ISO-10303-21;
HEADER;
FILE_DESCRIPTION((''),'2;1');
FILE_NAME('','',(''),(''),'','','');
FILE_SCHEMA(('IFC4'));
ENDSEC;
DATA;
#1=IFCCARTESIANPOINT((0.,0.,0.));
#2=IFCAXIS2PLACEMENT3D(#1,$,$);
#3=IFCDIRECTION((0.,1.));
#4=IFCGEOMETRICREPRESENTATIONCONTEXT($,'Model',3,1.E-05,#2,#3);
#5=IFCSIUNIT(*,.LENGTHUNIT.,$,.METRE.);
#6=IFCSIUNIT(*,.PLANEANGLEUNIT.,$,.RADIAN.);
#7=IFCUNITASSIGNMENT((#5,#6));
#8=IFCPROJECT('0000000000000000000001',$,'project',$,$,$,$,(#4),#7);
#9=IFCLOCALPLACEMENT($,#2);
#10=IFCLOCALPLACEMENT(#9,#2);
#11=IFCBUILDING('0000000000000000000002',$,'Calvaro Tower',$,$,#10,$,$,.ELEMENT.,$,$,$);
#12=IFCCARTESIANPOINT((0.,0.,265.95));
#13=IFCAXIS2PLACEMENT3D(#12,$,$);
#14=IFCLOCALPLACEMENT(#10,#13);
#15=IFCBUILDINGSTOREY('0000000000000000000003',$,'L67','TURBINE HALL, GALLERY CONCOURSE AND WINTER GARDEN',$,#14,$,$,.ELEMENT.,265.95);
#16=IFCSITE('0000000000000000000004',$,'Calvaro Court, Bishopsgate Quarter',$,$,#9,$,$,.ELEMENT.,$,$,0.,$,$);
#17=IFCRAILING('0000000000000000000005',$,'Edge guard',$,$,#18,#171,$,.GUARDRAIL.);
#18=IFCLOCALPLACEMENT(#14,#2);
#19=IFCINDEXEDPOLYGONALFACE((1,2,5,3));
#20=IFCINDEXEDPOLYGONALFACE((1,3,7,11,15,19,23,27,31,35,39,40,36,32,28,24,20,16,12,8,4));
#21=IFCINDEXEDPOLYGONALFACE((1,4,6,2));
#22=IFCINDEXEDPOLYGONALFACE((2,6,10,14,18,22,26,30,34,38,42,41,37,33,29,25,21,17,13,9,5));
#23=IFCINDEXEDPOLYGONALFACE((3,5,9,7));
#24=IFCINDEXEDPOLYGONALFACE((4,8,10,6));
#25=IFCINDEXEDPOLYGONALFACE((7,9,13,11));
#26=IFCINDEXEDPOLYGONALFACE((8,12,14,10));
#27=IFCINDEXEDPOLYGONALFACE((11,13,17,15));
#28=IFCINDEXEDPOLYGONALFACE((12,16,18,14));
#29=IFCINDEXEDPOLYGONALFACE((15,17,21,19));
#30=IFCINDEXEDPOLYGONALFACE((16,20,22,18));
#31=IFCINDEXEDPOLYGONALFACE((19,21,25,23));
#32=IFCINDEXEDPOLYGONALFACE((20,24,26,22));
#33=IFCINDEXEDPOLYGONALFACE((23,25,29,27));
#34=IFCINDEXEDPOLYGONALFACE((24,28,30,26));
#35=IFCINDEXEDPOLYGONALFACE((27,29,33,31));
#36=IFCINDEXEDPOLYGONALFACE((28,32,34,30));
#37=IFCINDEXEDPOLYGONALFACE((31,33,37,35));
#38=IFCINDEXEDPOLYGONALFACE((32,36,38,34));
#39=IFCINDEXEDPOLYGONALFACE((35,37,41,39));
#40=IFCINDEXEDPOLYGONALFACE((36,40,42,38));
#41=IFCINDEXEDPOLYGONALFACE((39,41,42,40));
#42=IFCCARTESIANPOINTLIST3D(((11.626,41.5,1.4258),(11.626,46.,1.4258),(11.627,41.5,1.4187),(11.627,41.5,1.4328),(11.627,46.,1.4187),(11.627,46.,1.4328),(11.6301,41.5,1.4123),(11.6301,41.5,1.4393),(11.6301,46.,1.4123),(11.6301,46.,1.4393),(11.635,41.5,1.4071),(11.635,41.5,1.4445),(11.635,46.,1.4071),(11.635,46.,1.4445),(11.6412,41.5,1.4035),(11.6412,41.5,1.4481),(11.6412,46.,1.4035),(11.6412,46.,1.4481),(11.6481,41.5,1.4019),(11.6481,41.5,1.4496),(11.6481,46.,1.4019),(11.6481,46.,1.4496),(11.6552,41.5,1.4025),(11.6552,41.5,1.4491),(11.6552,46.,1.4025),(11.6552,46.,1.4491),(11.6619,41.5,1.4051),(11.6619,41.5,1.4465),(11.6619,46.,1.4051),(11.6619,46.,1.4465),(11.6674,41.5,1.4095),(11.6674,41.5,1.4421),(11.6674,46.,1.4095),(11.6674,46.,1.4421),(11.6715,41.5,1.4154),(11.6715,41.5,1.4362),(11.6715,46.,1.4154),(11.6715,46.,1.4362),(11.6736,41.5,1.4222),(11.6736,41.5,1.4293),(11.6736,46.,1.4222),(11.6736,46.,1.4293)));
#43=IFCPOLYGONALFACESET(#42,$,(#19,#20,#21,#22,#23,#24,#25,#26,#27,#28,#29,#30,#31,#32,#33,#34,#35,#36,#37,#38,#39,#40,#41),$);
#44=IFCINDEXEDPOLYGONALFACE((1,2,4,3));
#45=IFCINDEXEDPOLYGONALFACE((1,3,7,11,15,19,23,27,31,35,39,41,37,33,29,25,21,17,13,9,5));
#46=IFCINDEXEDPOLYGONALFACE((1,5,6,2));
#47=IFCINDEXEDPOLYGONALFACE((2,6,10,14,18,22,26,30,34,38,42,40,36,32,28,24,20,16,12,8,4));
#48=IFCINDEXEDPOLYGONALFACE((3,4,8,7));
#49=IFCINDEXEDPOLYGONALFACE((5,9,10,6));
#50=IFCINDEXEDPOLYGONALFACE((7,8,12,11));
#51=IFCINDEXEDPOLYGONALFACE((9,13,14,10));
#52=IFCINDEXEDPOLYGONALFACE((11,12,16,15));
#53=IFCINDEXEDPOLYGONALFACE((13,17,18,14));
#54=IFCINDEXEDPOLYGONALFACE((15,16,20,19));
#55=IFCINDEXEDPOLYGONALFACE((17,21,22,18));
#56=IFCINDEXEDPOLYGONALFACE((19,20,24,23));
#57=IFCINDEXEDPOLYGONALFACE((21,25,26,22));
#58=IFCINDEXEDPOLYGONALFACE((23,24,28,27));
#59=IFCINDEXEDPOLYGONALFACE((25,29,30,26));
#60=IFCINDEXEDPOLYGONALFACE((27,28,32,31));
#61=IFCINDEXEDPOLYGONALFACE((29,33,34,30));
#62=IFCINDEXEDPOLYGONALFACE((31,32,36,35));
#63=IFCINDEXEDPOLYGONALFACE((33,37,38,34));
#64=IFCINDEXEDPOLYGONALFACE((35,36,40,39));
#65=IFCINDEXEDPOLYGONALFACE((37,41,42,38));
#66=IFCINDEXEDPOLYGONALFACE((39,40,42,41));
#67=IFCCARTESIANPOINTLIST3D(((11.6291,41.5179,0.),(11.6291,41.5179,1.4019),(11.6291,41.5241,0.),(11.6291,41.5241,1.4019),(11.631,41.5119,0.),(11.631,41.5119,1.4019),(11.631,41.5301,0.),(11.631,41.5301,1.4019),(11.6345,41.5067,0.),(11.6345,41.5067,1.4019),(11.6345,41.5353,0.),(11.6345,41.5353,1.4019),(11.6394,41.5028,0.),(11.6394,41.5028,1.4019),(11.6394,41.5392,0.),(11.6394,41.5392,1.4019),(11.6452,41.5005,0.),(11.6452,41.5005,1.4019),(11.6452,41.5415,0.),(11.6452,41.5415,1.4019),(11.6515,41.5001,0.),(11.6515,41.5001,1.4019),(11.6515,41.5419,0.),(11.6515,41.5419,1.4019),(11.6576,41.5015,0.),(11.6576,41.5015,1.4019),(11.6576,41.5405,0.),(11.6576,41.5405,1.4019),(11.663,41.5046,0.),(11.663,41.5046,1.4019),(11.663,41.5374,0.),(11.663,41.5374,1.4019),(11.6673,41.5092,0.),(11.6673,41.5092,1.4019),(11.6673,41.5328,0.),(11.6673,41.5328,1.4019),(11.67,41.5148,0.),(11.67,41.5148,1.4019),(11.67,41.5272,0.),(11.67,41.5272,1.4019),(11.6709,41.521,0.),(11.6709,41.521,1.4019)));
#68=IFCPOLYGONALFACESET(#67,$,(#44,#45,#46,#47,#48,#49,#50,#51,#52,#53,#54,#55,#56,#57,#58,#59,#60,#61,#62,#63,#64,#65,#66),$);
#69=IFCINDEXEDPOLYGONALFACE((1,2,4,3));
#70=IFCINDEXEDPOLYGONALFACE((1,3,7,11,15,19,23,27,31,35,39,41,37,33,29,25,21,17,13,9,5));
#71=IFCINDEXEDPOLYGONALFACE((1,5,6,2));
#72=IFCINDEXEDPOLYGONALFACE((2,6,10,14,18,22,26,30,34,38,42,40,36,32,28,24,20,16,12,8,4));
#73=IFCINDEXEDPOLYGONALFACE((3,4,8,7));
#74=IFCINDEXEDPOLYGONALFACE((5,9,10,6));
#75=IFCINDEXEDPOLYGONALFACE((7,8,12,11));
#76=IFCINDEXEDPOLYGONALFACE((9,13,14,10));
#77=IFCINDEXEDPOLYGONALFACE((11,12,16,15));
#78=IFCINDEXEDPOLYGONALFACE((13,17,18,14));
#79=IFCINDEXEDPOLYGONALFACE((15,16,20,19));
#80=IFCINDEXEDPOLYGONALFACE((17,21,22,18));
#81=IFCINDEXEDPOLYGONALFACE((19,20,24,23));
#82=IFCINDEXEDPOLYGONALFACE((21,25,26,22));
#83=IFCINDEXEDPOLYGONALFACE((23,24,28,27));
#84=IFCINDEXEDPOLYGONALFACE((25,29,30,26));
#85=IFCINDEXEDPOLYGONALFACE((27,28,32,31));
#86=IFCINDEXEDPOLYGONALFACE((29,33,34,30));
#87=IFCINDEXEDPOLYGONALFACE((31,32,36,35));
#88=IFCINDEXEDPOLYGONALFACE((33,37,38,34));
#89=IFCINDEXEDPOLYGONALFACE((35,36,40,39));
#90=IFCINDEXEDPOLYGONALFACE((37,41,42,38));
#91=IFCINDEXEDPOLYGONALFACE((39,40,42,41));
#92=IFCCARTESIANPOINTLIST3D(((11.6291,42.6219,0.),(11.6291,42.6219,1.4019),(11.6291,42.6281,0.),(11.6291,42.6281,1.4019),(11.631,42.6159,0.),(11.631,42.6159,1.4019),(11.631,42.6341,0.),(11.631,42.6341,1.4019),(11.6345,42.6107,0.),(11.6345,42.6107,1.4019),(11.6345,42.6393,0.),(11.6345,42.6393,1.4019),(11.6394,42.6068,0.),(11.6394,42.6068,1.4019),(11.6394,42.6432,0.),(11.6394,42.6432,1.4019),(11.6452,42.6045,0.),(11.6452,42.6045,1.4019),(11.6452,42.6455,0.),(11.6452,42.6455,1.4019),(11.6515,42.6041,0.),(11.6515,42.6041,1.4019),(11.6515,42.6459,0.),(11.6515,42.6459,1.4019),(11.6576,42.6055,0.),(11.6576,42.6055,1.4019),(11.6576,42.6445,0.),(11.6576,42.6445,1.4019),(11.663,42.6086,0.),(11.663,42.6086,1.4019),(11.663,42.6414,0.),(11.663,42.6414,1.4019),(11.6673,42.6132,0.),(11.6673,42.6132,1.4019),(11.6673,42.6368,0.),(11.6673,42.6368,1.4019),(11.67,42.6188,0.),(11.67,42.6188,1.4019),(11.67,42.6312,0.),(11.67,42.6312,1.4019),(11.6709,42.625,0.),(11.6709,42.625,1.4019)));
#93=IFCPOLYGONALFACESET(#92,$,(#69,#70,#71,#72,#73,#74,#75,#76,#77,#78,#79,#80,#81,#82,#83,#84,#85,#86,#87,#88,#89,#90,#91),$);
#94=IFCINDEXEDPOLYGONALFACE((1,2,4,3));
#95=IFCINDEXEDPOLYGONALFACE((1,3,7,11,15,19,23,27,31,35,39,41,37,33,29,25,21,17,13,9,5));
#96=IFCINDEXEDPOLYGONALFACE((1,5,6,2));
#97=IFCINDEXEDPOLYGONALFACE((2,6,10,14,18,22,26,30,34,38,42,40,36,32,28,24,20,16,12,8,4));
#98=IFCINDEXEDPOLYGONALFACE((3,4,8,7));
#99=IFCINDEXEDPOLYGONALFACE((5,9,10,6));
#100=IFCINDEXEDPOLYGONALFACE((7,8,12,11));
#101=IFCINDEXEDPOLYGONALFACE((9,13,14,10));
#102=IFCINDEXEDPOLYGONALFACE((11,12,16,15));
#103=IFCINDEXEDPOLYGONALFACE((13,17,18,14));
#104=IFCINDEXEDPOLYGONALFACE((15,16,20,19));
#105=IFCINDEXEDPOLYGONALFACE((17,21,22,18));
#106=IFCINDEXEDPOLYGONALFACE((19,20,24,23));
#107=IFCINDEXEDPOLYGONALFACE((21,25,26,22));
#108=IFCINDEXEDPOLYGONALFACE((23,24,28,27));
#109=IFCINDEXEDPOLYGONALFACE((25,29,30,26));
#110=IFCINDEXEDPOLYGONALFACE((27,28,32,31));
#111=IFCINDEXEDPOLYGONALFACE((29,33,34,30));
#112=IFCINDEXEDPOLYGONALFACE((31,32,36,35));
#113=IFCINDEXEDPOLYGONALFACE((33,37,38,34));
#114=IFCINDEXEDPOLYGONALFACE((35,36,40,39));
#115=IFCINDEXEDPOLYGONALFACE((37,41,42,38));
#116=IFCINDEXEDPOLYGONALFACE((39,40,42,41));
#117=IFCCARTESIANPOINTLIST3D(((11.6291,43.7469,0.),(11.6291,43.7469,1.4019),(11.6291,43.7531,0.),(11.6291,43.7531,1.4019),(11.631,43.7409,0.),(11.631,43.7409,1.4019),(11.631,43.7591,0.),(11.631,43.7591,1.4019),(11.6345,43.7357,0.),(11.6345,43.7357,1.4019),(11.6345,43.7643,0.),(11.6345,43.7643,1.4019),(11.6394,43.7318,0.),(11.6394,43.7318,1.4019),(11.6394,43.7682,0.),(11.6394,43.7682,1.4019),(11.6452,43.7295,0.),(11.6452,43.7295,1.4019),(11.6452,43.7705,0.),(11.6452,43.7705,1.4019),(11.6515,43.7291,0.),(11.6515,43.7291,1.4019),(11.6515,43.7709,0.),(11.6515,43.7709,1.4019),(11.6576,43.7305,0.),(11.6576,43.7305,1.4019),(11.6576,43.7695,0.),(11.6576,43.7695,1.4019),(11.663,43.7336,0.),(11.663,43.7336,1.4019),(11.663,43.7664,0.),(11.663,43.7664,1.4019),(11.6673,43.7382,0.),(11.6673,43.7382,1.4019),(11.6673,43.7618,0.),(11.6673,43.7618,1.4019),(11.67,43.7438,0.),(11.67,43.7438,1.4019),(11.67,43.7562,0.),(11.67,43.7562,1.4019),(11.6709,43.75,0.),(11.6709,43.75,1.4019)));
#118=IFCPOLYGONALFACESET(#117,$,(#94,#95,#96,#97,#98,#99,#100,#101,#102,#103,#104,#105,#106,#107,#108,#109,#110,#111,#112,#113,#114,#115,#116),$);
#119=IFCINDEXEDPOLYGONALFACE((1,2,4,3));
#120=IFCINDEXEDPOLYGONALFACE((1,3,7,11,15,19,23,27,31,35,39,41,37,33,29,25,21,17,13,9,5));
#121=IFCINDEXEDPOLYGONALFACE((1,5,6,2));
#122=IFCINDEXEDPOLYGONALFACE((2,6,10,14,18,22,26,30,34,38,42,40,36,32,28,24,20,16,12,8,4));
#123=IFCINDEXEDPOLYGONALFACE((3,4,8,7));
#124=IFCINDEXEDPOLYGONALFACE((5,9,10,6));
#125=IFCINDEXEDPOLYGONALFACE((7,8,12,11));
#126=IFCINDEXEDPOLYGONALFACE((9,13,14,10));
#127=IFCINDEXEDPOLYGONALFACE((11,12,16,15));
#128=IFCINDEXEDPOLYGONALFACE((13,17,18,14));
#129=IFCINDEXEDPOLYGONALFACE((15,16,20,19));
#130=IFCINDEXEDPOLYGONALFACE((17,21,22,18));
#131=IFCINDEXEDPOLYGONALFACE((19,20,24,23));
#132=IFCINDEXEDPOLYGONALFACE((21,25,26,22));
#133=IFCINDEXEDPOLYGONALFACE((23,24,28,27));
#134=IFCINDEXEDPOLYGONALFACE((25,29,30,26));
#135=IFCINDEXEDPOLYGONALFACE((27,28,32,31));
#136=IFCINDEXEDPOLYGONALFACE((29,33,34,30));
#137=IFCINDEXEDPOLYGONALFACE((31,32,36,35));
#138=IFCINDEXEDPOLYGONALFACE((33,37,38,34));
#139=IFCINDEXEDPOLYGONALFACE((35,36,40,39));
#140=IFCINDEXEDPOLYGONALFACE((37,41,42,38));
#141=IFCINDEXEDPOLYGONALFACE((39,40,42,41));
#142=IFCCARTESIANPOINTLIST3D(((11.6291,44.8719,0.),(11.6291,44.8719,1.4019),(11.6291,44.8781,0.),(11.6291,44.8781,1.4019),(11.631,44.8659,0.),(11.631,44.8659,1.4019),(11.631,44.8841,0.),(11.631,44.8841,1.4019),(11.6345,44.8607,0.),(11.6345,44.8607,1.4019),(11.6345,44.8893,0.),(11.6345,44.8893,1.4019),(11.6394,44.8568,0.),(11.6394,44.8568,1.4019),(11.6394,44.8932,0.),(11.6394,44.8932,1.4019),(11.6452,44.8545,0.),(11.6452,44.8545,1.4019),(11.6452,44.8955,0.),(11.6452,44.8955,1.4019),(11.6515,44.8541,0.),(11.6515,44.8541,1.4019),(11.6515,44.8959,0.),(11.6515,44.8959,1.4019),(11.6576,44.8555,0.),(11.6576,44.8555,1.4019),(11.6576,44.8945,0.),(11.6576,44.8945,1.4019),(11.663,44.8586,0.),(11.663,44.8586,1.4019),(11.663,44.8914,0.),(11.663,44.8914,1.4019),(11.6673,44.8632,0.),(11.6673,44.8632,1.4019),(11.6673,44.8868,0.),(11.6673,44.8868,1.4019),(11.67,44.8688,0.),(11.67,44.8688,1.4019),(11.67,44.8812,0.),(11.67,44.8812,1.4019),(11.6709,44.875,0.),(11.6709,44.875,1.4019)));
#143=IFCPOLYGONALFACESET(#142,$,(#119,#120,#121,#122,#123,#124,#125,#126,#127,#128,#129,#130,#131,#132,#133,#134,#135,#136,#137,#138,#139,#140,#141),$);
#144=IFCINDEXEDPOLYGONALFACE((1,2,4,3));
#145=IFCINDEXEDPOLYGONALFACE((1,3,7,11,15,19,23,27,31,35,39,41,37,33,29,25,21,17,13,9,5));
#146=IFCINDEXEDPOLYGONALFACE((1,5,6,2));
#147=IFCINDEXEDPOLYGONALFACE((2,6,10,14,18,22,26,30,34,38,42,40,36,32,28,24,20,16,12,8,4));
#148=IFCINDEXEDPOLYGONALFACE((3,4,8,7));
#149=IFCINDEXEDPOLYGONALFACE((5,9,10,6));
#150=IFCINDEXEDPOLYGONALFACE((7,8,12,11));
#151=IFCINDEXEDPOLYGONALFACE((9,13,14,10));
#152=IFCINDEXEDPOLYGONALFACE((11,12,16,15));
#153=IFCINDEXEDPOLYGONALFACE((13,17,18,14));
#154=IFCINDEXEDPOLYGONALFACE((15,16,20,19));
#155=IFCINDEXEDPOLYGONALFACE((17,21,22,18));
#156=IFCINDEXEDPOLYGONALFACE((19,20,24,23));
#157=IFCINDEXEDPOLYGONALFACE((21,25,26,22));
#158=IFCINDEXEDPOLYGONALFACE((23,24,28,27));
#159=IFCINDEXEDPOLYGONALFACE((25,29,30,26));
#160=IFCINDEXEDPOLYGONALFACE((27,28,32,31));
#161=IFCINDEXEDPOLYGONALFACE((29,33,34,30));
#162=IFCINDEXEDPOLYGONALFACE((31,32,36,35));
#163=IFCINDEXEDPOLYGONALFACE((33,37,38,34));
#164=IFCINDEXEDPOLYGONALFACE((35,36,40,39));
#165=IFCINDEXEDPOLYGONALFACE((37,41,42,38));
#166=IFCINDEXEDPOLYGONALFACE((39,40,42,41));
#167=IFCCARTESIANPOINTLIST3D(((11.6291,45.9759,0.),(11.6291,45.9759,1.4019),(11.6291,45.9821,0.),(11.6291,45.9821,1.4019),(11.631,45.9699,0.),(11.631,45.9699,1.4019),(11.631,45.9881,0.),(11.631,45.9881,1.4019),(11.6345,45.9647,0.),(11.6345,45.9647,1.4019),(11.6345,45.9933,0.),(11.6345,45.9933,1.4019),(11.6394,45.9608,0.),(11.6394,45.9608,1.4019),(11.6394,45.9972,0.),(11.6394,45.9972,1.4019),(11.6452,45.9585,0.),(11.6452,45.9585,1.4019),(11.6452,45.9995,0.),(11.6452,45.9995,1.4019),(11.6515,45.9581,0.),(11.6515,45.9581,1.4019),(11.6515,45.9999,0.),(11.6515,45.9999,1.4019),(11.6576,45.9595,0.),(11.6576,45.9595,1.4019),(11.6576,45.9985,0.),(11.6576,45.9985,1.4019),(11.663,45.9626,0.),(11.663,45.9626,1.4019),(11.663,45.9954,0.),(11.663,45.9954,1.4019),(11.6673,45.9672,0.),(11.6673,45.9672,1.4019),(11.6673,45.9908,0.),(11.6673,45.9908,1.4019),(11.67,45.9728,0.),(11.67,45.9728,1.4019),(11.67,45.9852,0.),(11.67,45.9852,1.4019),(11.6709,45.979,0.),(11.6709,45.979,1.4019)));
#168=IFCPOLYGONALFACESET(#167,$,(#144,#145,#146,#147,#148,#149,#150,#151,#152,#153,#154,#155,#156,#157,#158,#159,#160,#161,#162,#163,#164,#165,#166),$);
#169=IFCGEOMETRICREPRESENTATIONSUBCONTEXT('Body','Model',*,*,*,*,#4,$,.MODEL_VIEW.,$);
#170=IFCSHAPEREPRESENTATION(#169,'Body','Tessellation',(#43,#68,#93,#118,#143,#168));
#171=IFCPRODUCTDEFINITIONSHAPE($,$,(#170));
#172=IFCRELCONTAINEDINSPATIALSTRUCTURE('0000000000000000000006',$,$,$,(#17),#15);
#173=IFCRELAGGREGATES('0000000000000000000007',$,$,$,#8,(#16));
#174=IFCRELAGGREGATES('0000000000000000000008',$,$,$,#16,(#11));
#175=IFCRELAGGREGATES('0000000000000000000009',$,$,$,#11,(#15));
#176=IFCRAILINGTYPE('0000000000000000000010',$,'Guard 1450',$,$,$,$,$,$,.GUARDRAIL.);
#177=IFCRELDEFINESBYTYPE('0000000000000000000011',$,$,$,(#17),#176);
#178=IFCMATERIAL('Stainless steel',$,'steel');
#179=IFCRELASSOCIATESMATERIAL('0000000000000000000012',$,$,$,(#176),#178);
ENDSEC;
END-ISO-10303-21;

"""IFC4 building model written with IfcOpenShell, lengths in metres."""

from ifc_helpers import new_model, si_unit, direction, frame, origin, origin_2d, place, context, subcontext, project, spatial, circle, extrude, material, type_object, element, save


model = new_model("IFC4")

# Units and contexts
model_context = context("Model", 3, precision=1e-05, world=origin(), true_north=direction((0.0, 1.0)))
body_context = subcontext(model_context, "Body", "Model", "MODEL_VIEW")
ifc_project = project(units=[si_unit("LENGTHUNIT", "METRE"), si_unit("PLANEANGLEUNIT", "RADIAN")], contexts=[model_context])

# Site, building, storey
site_placement = place(None, origin())
site = spatial("IfcSite", under=ifc_project, at=site_placement, Name="Calvaro Court, Bishopsgate Quarter", CompositionType="ELEMENT", RefElevation=0.0)
building_placement = place(site_placement, origin())
building = spatial("IfcBuilding", under=site, at=building_placement, Name="Calvaro Tower", CompositionType="ELEMENT")
storey_placement = place(building_placement, frame((0.0, 0.0, 265.95)))
storey = spatial("IfcBuildingStorey", under=building, at=storey_placement, Name="L67", Description="TURBINE HALL, GALLERY CONCOURSE AND WINTER GARDEN", CompositionType="ELEMENT", Elevation=265.95)

# Railing
ifc_material_1 = material(Name="Stainless steel", Category="steel")
railing_type_1 = type_object("IfcRailingType", Name="Guard 1450", PredefinedType="GUARDRAIL", material=ifc_material_1)
railing_1_placement = place(storey_placement, frame((11.6499, 41.5, 0.0)))
element("IfcRailing", 1, at=railing_1_placement, inside=storey, type_object=railing_type_1, Name="Edge guard", PredefinedType="GUARDRAIL", context=body_context, shape_type="SweptSolid", body=[
    extrude(circle(Radius=0.0239, at=origin_2d()), frame((0.0, 0.0, 1.4258), z_axis=(0.0, 1.0, 0.0), x_axis=(-1.0, 0.0, 0.0)), (0.0, 0.0, 1.0), 4.5),
    extrude(circle(Radius=0.021, at=origin_2d()), frame((0.0, 0.021, 0.0)), (0.0, 0.0, 1.0), 1.4019),
    extrude(circle(Radius=0.021, at=origin_2d()), frame((0.0, 1.125, 0.0)), (0.0, 0.0, 1.0), 1.4019),
    extrude(circle(Radius=0.021, at=origin_2d()), frame((0.0, 2.25, 0.0)), (0.0, 0.0, 1.0), 1.4019),
    extrude(circle(Radius=0.021, at=origin_2d()), frame((0.0, 3.375, 0.0)), (0.0, 0.0, 1.0), 1.4019),
    extrude(circle(Radius=0.021, at=origin_2d()), frame((0.0, 4.479, 0.0)), (0.0, 0.0, 1.0), 1.4019),
])

save(model, "model.ifc")
